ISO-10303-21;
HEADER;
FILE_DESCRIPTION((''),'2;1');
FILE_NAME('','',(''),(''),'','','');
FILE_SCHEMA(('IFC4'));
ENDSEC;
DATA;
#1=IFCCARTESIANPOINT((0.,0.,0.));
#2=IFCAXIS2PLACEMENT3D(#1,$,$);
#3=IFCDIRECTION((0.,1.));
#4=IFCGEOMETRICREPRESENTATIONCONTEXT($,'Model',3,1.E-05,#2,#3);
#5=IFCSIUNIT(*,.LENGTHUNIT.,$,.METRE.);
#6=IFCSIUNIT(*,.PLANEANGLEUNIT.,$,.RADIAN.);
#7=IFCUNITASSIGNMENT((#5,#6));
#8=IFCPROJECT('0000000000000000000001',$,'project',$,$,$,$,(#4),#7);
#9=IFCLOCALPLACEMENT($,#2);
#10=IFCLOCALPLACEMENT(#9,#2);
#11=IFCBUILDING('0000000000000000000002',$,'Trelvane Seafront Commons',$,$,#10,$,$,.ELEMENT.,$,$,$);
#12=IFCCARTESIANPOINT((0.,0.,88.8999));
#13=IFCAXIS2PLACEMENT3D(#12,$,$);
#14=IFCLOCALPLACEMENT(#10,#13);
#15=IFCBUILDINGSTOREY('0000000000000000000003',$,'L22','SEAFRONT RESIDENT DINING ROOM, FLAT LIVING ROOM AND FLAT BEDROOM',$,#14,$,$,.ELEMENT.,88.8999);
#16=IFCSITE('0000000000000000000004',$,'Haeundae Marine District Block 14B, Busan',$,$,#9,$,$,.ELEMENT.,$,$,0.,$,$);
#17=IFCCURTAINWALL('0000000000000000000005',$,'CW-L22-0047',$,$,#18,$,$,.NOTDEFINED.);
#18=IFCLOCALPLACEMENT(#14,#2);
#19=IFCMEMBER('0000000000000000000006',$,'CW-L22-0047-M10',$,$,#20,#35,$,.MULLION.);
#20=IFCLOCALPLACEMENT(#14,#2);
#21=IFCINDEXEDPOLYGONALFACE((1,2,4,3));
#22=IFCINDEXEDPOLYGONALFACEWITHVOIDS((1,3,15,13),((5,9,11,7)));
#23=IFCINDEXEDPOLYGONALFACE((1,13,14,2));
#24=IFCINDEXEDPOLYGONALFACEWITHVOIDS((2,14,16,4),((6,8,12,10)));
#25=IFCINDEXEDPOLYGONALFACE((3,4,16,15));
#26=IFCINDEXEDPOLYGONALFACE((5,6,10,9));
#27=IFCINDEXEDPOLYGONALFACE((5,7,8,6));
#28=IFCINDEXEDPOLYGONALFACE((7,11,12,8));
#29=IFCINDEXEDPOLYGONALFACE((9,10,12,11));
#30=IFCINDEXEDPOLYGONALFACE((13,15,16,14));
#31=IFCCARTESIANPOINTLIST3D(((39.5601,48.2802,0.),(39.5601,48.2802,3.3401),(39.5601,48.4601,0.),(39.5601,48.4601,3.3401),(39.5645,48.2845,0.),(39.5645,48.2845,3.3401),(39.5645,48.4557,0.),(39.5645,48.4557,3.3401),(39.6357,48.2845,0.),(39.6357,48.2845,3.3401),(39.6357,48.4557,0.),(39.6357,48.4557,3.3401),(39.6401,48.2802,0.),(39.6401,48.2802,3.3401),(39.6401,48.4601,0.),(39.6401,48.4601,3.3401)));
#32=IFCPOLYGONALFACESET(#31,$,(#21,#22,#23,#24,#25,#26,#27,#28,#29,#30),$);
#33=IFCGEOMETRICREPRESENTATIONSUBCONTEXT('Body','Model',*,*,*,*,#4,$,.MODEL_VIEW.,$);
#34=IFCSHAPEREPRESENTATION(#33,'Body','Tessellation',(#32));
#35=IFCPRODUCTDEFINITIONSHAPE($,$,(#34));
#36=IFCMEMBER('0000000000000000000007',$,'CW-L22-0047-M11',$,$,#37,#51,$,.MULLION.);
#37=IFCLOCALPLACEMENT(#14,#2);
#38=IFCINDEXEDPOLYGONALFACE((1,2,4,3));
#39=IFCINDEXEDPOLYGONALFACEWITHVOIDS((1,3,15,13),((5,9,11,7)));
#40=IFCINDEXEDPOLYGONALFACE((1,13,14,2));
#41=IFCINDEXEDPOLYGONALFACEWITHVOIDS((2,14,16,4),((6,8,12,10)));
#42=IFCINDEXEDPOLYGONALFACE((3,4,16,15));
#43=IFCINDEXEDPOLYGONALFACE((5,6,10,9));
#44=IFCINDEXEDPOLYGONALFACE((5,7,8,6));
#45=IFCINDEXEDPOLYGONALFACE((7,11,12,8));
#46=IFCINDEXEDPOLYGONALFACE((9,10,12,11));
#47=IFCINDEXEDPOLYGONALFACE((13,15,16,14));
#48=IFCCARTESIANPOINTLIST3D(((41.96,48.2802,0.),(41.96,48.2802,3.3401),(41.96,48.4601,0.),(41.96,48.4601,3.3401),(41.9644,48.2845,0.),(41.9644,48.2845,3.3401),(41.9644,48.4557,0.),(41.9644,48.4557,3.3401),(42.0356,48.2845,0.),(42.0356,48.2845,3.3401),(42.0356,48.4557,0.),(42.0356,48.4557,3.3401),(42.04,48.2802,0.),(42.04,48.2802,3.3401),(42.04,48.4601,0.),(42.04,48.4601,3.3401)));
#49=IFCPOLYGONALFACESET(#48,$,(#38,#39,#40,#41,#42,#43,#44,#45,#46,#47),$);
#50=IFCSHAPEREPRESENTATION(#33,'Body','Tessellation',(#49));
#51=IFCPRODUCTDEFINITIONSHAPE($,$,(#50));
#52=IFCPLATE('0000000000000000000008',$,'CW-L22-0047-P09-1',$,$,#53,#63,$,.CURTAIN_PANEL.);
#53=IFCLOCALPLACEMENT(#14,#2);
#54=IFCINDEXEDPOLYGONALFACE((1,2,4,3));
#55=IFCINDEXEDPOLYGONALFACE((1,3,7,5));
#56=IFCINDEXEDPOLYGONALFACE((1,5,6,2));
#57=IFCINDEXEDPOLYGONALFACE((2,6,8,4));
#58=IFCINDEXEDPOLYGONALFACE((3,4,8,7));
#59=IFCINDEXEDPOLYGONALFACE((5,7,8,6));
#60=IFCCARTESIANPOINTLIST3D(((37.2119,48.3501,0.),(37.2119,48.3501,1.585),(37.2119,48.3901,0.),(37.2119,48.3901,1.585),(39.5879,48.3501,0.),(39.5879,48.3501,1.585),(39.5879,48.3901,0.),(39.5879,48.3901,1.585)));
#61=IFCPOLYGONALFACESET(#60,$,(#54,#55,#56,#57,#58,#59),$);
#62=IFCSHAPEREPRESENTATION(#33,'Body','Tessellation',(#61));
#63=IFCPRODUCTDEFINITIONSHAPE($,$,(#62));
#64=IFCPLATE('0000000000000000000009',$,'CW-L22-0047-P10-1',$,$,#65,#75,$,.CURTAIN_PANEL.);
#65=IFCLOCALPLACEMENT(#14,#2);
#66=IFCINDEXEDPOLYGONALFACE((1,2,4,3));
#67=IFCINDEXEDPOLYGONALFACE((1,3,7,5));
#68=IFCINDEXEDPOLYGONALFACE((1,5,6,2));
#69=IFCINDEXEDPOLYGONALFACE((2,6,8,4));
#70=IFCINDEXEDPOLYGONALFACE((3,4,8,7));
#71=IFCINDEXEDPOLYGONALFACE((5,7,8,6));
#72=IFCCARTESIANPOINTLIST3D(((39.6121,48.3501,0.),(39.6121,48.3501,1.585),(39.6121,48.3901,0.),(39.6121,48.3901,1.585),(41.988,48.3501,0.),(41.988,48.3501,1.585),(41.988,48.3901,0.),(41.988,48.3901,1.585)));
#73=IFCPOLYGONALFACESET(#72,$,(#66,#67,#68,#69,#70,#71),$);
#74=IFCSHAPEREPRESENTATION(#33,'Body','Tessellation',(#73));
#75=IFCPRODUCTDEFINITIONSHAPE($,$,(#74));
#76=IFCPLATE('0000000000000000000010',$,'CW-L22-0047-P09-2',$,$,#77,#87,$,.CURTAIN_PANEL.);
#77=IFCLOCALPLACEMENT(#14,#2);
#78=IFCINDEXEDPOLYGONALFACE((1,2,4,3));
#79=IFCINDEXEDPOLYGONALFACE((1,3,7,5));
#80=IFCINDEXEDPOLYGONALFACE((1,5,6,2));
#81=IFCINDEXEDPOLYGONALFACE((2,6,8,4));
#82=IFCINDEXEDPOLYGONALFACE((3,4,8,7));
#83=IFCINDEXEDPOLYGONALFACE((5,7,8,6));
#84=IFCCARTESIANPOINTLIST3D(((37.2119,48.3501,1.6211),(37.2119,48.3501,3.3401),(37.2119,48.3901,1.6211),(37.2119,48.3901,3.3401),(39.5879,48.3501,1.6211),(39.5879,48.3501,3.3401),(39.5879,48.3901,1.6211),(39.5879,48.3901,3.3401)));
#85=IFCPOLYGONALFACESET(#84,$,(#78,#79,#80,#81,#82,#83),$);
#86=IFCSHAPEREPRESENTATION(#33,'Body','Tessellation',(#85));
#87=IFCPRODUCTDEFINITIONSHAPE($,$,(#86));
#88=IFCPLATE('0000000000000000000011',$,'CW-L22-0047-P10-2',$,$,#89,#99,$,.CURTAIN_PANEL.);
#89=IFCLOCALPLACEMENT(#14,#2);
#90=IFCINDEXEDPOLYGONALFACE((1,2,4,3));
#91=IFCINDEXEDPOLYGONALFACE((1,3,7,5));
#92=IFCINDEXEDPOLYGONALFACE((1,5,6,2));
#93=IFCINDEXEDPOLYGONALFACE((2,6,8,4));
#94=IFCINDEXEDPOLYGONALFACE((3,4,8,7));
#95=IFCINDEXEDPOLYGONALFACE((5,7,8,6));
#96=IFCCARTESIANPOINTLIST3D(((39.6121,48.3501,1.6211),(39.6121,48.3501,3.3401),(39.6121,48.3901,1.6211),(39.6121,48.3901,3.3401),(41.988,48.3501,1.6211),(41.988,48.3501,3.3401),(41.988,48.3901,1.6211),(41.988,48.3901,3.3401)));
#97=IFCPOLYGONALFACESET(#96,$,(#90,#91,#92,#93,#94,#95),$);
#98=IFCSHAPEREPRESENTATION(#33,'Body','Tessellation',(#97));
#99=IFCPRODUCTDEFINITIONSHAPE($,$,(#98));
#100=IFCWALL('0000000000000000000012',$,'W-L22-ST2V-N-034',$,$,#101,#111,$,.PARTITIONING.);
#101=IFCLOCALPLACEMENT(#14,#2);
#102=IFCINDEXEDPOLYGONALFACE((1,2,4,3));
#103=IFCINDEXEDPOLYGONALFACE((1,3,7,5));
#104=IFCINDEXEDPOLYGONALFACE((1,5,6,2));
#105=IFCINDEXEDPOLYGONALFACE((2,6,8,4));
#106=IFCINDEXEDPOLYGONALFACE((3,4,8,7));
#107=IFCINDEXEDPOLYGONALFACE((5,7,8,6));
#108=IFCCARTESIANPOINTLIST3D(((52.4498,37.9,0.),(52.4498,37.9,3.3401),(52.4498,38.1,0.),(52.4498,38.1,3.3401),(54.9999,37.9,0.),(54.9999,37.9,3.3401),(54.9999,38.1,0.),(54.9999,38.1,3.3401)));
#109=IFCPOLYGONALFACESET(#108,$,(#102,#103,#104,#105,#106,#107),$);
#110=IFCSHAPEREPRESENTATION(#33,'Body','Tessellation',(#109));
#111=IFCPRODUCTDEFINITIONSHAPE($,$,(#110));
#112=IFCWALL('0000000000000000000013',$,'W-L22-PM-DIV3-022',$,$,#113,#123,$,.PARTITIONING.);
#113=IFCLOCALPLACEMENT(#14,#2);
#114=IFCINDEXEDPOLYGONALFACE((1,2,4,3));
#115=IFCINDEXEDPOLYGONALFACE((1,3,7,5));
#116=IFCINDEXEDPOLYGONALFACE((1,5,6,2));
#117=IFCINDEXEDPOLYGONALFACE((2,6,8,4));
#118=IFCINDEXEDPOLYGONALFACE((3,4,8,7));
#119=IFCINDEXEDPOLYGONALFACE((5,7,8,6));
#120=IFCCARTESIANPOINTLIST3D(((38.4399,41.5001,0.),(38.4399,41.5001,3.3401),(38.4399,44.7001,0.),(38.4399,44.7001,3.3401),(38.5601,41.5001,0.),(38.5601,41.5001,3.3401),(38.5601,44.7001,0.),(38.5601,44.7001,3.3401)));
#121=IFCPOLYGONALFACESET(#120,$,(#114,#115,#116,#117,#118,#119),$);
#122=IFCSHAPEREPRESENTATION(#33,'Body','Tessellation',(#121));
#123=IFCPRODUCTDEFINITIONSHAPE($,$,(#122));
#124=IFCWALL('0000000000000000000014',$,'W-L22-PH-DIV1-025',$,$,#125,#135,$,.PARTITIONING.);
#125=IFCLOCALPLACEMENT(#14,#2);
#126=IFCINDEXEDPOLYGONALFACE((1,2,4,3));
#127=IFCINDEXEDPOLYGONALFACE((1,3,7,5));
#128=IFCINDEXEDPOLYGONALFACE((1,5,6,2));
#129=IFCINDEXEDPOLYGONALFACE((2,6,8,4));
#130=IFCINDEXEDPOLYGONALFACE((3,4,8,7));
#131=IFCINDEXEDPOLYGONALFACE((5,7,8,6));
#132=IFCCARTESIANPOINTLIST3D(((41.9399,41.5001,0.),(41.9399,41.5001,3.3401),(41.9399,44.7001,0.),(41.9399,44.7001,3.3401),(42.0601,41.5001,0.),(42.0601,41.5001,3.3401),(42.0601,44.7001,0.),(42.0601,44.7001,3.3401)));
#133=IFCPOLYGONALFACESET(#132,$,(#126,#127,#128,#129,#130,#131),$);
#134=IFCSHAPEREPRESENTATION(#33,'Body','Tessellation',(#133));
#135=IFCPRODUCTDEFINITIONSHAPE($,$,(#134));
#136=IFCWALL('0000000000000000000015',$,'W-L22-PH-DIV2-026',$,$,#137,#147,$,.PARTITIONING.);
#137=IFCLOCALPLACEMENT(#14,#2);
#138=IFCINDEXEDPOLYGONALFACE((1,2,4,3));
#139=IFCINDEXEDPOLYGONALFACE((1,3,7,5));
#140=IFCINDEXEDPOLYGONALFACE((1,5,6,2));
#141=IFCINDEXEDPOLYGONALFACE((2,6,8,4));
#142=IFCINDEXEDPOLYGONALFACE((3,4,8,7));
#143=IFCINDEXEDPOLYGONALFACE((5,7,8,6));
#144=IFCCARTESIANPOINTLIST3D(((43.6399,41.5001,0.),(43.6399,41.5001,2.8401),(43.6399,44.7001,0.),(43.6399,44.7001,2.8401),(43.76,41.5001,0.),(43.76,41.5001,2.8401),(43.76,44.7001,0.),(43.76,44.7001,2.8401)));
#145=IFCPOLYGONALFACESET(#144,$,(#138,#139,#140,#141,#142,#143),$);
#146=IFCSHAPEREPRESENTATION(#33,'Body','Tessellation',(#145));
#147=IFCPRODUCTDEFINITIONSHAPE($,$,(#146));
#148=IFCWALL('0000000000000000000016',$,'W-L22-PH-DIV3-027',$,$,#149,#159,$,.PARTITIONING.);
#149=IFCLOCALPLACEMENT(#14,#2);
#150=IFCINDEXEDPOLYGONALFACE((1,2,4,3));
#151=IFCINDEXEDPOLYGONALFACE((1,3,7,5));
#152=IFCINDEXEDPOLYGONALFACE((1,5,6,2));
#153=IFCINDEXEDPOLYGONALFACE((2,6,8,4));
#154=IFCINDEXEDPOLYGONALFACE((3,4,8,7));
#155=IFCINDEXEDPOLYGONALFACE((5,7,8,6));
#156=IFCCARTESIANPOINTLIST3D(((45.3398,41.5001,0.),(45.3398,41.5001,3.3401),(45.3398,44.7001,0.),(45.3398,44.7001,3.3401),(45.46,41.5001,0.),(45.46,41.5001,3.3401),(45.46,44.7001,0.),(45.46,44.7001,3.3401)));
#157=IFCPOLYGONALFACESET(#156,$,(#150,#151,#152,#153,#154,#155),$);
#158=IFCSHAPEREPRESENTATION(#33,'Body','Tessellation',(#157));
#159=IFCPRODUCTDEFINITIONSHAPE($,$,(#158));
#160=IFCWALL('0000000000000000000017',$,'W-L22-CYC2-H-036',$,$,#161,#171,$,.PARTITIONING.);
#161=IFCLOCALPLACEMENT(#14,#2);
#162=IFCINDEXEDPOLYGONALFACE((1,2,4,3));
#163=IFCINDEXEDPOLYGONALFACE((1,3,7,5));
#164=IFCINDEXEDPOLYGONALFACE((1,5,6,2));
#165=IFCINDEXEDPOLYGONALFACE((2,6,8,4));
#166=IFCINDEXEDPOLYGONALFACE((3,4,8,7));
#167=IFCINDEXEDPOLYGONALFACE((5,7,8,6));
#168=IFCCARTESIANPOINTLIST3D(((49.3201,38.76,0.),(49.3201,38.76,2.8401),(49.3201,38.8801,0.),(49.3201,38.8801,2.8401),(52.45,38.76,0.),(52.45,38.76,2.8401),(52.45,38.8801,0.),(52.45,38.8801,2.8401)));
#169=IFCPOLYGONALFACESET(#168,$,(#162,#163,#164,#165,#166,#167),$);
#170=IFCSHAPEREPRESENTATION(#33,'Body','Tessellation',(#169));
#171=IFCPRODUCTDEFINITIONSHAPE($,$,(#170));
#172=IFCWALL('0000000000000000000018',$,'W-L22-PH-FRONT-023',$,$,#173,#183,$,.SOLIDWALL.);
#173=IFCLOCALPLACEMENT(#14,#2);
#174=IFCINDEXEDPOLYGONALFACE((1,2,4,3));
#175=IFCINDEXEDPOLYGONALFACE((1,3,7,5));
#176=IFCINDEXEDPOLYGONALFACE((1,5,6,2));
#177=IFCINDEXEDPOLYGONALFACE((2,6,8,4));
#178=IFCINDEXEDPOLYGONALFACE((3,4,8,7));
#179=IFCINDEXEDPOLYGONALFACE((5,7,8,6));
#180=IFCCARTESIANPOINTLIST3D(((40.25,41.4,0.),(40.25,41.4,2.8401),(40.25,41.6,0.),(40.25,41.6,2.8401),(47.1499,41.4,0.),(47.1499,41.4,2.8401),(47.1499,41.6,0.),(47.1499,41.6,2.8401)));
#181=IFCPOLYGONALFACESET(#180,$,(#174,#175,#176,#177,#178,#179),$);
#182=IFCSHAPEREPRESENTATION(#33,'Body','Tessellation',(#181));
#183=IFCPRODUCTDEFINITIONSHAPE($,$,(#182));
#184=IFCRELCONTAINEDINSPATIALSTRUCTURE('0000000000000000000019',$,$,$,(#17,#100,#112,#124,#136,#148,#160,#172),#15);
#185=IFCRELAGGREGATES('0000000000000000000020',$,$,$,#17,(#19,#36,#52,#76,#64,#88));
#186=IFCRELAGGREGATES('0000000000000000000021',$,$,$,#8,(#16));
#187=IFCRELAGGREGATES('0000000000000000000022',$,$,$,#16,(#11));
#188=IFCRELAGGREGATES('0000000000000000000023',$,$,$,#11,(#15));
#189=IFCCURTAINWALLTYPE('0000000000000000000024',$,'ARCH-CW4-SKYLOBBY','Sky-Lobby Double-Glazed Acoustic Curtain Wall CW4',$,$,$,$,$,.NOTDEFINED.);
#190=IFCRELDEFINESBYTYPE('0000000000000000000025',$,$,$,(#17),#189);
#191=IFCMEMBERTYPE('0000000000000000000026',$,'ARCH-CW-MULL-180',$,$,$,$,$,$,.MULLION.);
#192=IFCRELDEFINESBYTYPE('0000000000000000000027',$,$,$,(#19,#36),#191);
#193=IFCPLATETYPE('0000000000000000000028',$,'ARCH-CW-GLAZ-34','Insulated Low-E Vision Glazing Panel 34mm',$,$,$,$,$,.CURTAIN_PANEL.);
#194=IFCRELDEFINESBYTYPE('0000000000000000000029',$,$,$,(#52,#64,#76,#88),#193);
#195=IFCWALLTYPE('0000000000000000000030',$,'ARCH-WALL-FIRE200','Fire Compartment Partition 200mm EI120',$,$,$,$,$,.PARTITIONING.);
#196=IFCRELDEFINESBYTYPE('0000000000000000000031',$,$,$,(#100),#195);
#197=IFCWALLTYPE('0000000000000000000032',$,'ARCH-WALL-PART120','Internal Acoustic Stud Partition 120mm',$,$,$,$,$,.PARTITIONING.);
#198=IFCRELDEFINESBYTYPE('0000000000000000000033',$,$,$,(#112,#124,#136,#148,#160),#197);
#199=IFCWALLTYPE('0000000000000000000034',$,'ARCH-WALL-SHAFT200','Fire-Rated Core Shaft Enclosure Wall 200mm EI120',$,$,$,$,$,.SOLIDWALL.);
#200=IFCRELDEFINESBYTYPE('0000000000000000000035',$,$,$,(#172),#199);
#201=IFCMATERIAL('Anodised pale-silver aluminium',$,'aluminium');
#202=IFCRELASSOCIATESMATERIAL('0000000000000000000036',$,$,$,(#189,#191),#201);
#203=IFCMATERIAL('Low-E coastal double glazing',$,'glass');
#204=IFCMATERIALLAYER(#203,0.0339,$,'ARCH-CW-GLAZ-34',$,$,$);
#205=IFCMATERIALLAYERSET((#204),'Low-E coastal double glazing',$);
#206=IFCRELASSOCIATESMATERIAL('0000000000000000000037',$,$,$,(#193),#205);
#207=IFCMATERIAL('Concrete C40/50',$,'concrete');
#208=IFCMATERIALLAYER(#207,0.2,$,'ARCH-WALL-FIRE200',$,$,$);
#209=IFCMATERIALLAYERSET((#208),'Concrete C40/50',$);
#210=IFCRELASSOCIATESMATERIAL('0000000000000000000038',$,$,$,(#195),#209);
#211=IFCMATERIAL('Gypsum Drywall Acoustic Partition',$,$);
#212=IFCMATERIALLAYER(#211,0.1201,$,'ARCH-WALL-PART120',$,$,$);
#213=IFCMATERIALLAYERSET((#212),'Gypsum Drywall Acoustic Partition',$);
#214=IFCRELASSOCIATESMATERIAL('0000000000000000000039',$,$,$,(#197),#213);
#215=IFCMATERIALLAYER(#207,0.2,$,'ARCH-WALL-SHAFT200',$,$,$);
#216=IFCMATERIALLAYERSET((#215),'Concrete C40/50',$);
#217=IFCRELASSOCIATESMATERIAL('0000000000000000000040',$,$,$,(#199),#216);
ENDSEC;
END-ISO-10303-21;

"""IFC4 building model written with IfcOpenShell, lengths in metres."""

from ifc_helpers import new_model, si_unit, direction, frame, frame_2d, origin, origin_2d, place, context, subcontext, project, spatial, rectangle, hollow_rectangle, extrude, source, transform, mapped, material, layer, layer_set, material_profile, profile_set, type_object, element, aggregate, save


model = new_model("IFC4")

# Units and contexts
model_context = context("Model", 3, precision=1e-05, world=origin(), true_north=direction((0.0, 1.0)))
body_context = subcontext(model_context, "Body", "Model", "MODEL_VIEW")
ifc_project = project(units=[si_unit("LENGTHUNIT", "METRE"), si_unit("PLANEANGLEUNIT", "RADIAN")], contexts=[model_context])

# Site, building, storey
site_placement = place(None, origin())
site = spatial("IfcSite", under=ifc_project, at=site_placement, Name="Haeundae Marine District Block 14B, Busan", CompositionType="ELEMENT", RefElevation=0.0)
building_placement = place(site_placement, origin())
building = spatial("IfcBuilding", under=site, at=building_placement, Name="Trelvane Seafront Commons", CompositionType="ELEMENT")
storey_placement = place(building_placement, frame((0.0, 0.0, 88.8999)))
storey = spatial("IfcBuildingStorey", under=building, at=storey_placement, Name="L22", Description="SEAFRONT RESIDENT DINING ROOM, FLAT LIVING ROOM AND FLAT BEDROOM", CompositionType="ELEMENT", Elevation=88.8999)

# Curtain wall, members, plates
ifc_material_1 = material(Name="Anodised pale-silver aluminium", Category="aluminium")
curtain_wall_type = type_object("IfcCurtainWallType", Name="ARCH-CW4-SKYLOBBY", Description="Sky-Lobby Double-Glazed Acoustic Curtain Wall CW4", PredefinedType="NOTDEFINED", material=ifc_material_1)
curtain_wall_placement = place(storey_placement, origin())
curtain_wall = element("IfcCurtainWall", 1, at=curtain_wall_placement, inside=storey, type_object=curtain_wall_type, Name="CW-L22-0047", PredefinedType="NOTDEFINED")
ifc_material_profile_1 = material_profile(ifc_material_1, hollow_rectangle(XDim=0.0801, YDim=0.1799, WallThickness=0.0044, at=origin_2d()), Name="MULL-80x180x4.5")
ifc_profile_set_1 = profile_set([ifc_material_profile_1], Name="Anodised pale-silver aluminium")
member_type_1 = type_object("IfcMemberType", Name="ARCH-CW-MULL-180", PredefinedType="MULLION", material=ifc_profile_set_1)
shared_shape_1 = source(origin(), body_context, "Body", "SweptSolid", [
    extrude(hollow_rectangle(XDim=0.0801, YDim=0.1799, WallThickness=0.0044, at=origin_2d()), origin(), (0.0, 0.0, 1.0), 3.3401),
])
member_1_placement = place(storey_placement, frame((39.6001, 48.3701, 0.0), z_axis=(0.0, 0.0, 1.0), x_axis=(1.0, 0.0, 0.0)))
member_1 = element("IfcMember", 2, at=member_1_placement, type_object=member_type_1, Name="CW-L22-0047-M10", PredefinedType="MULLION", context=body_context, shape_type="MappedRepresentation", body=[
    mapped(shared_shape_1, transform((0.0, 0.0, 0.0), x_axis=(1.0, 0.0, 0.0), y_axis=(0.0, 1.0, 0.0), z_axis=(0.0, 0.0, 1.0), scale=1.0)),
])
member_2_placement = place(storey_placement, frame((42.0, 48.3701, 0.0), z_axis=(0.0, 0.0, 1.0), x_axis=(1.0, 0.0, 0.0)))
member_2 = element("IfcMember", 3, at=member_2_placement, type_object=member_type_1, Name="CW-L22-0047-M11", PredefinedType="MULLION", context=body_context, shape_type="MappedRepresentation", body=[
    mapped(shared_shape_1, transform((0.0, 0.0, 0.0), x_axis=(1.0, 0.0, 0.0), y_axis=(0.0, 1.0, 0.0), z_axis=(0.0, 0.0, 1.0), scale=1.0)),
])
ifc_material_2 = material(Name="Low-E coastal double glazing", Category="glass")
ifc_layer_1 = layer(ifc_material_2, 0.0339, Name="ARCH-CW-GLAZ-34")
ifc_layer_set_1 = layer_set([ifc_layer_1], Name="Low-E coastal double glazing")
plate_type = type_object("IfcPlateType", Name="ARCH-CW-GLAZ-34", Description="Insulated Low-E Vision Glazing Panel 34mm", PredefinedType="CURTAIN_PANEL", material=ifc_layer_set_1)
shared_shape_2 = source(origin(), body_context, "Body", "SweptSolid", [
    extrude(rectangle(XDim=2.376, YDim=0.04, at=origin_2d()), origin(), (0.0, 0.0, 1.0), 1.585),
])
plate_1_placement = place(storey_placement, frame((38.3999, 48.3701, 0.0), z_axis=(0.0, 0.0, 1.0), x_axis=(1.0, 0.0, 0.0)))
plate_1 = element("IfcPlate", 4, at=plate_1_placement, type_object=plate_type, Name="CW-L22-0047-P09-1", PredefinedType="CURTAIN_PANEL", context=body_context, shape_type="MappedRepresentation", body=[
    mapped(shared_shape_2, transform((0.0, 0.0, 0.0), x_axis=(1.0, 0.0, 0.0), y_axis=(0.0, 1.0, 0.0), z_axis=(0.0, 0.0, 1.0), scale=1.0)),
])
plate_2_placement = place(storey_placement, frame((40.8, 48.3701, 0.0), z_axis=(0.0, 0.0, 1.0), x_axis=(1.0, 0.0, 0.0)))
plate_2 = element("IfcPlate", 5, at=plate_2_placement, type_object=plate_type, Name="CW-L22-0047-P10-1", PredefinedType="CURTAIN_PANEL", context=body_context, shape_type="MappedRepresentation", body=[
    mapped(shared_shape_2, transform((0.0, 0.0, 0.0), x_axis=(1.0, 0.0, 0.0), y_axis=(0.0, 1.0, 0.0), z_axis=(0.0, 0.0, 1.0), scale=1.0)),
])
shared_shape_3 = source(origin(), body_context, "Body", "SweptSolid", [
    extrude(rectangle(XDim=2.376, YDim=0.04, at=origin_2d()), origin(), (0.0, 0.0, 1.0), 1.719),
])
plate_3_placement = place(storey_placement, frame((38.3999, 48.3701, 1.6211), z_axis=(0.0, 0.0, 1.0), x_axis=(1.0, 0.0, 0.0)))
plate_3 = element("IfcPlate", 6, at=plate_3_placement, type_object=plate_type, Name="CW-L22-0047-P09-2", PredefinedType="CURTAIN_PANEL", context=body_context, shape_type="MappedRepresentation", body=[
    mapped(shared_shape_3, transform((0.0, 0.0, 0.0), x_axis=(1.0, 0.0, 0.0), y_axis=(0.0, 1.0, 0.0), z_axis=(0.0, 0.0, 1.0), scale=1.0)),
])
plate_4_placement = place(storey_placement, frame((40.8, 48.3701, 1.6211), z_axis=(0.0, 0.0, 1.0), x_axis=(1.0, 0.0, 0.0)))
plate_4 = element("IfcPlate", 7, at=plate_4_placement, type_object=plate_type, Name="CW-L22-0047-P10-2", PredefinedType="CURTAIN_PANEL", context=body_context, shape_type="MappedRepresentation", body=[
    mapped(shared_shape_3, transform((0.0, 0.0, 0.0), x_axis=(1.0, 0.0, 0.0), y_axis=(0.0, 1.0, 0.0), z_axis=(0.0, 0.0, 1.0), scale=1.0)),
])
aggregate(curtain_wall, [member_1, member_2, plate_1, plate_3, plate_2, plate_4])

# Walls
ifc_material_3 = material(Name="Concrete C40/50", Category="concrete")
ifc_layer_2 = layer(ifc_material_3, 0.2, Name="ARCH-WALL-FIRE200")
ifc_layer_set_2 = layer_set([ifc_layer_2], Name="Concrete C40/50")
wall_type_1 = type_object("IfcWallType", Name="ARCH-WALL-FIRE200", Description="Fire Compartment Partition 200mm EI120", PredefinedType="PARTITIONING", material=ifc_layer_set_2)
wall_1_placement = place(storey_placement, frame((52.45, 38.0, 0.0), z_axis=(0.0, 0.0, 1.0), x_axis=(1.0, 0.0, 0.0)))
element("IfcWall", 8, at=wall_1_placement, inside=storey, type_object=wall_type_1, Name="W-L22-ST2V-N-034", PredefinedType="PARTITIONING", context=body_context, shape_type="SweptSolid", body=[
    extrude(rectangle(XDim=2.55, YDim=0.2, at=frame_2d((1.2749, 0.0))), origin(), (0.0, 0.0, 1.0), 3.3401),
])
ifc_material_4 = material(Name="Gypsum Drywall Acoustic Partition")
ifc_layer_3 = layer(ifc_material_4, 0.1201, Name="ARCH-WALL-PART120")
ifc_layer_set_3 = layer_set([ifc_layer_3], Name="Gypsum Drywall Acoustic Partition")
wall_type_2 = type_object("IfcWallType", Name="ARCH-WALL-PART120", Description="Internal Acoustic Stud Partition 120mm", PredefinedType="PARTITIONING", material=ifc_layer_set_3)
for number, where, z_axis, x_axis, name in (
    (9, (38.5, 41.5, 0.0), (0.0, 0.0, 1.0), (0.0, 1.0, 0.0), "W-L22-PM-DIV3-022"),
    (10, (42.0, 41.5, 0.0), (0.0, 0.0, 1.0), (0.0, 1.0, 0.0), "W-L22-PH-DIV1-025"),
):
    element("IfcWall", number, at=place(storey_placement, frame(where, z_axis=z_axis, x_axis=x_axis)), inside=storey, type_object=wall_type_2, Name=name, PredefinedType="PARTITIONING", context=body_context, shape_type="SweptSolid", body=[
        extrude(rectangle(XDim=3.2, YDim=0.1201, at=frame_2d((1.6001, 0.0))), origin(), (0.0, 0.0, 1.0), 3.3401),
    ])
wall_2_placement = place(storey_placement, frame((43.7, 41.5, 0.0), z_axis=(0.0, 0.0, 1.0), x_axis=(0.0, 1.0, 0.0)))
element("IfcWall", 11, at=wall_2_placement, inside=storey, type_object=wall_type_2, Name="W-L22-PH-DIV2-026", PredefinedType="PARTITIONING", context=body_context, shape_type="SweptSolid", body=[
    extrude(rectangle(XDim=3.2, YDim=0.1201, at=frame_2d((1.6001, 0.0))), origin(), (0.0, 0.0, 1.0), 2.8401),
])
wall_3_placement = place(storey_placement, frame((45.3999, 41.5, 0.0), z_axis=(0.0, 0.0, 1.0), x_axis=(0.0, 1.0, 0.0)))
element("IfcWall", 12, at=wall_3_placement, inside=storey, type_object=wall_type_2, Name="W-L22-PH-DIV3-027", PredefinedType="PARTITIONING", context=body_context, shape_type="SweptSolid", body=[
    extrude(rectangle(XDim=3.2, YDim=0.1201, at=frame_2d((1.6001, 0.0))), origin(), (0.0, 0.0, 1.0), 3.3401),
])
wall_4_placement = place(storey_placement, frame((49.3201, 38.8201, 0.0), z_axis=(0.0, 0.0, 1.0), x_axis=(1.0, 0.0, 0.0)))
element("IfcWall", 13, at=wall_4_placement, inside=storey, type_object=wall_type_2, Name="W-L22-CYC2-H-036", PredefinedType="PARTITIONING", context=body_context, shape_type="SweptSolid", body=[
    extrude(rectangle(XDim=3.1299, YDim=0.1201, at=frame_2d((1.5649, 0.0))), origin(), (0.0, 0.0, 1.0), 2.8401),
])
ifc_layer_4 = layer(ifc_material_3, 0.2, Name="ARCH-WALL-SHAFT200")
ifc_layer_set_4 = layer_set([ifc_layer_4], Name="Concrete C40/50")
wall_type_3 = type_object("IfcWallType", Name="ARCH-WALL-SHAFT200", Description="Fire-Rated Core Shaft Enclosure Wall 200mm EI120", PredefinedType="SOLIDWALL", material=ifc_layer_set_4)
wall_5_placement = place(storey_placement, frame((40.25, 41.5, 0.0), z_axis=(0.0, 0.0, 1.0), x_axis=(1.0, 0.0, 0.0)))
element("IfcWall", 14, at=wall_5_placement, inside=storey, type_object=wall_type_3, Name="W-L22-PH-FRONT-023", PredefinedType="SOLIDWALL", context=body_context, shape_type="SweptSolid", body=[
    extrude(rectangle(XDim=6.8999, YDim=0.2, at=frame_2d((3.45, 0.0))), origin(), (0.0, 0.0, 1.0), 2.8401),
])

save(model, "model.ifc")
